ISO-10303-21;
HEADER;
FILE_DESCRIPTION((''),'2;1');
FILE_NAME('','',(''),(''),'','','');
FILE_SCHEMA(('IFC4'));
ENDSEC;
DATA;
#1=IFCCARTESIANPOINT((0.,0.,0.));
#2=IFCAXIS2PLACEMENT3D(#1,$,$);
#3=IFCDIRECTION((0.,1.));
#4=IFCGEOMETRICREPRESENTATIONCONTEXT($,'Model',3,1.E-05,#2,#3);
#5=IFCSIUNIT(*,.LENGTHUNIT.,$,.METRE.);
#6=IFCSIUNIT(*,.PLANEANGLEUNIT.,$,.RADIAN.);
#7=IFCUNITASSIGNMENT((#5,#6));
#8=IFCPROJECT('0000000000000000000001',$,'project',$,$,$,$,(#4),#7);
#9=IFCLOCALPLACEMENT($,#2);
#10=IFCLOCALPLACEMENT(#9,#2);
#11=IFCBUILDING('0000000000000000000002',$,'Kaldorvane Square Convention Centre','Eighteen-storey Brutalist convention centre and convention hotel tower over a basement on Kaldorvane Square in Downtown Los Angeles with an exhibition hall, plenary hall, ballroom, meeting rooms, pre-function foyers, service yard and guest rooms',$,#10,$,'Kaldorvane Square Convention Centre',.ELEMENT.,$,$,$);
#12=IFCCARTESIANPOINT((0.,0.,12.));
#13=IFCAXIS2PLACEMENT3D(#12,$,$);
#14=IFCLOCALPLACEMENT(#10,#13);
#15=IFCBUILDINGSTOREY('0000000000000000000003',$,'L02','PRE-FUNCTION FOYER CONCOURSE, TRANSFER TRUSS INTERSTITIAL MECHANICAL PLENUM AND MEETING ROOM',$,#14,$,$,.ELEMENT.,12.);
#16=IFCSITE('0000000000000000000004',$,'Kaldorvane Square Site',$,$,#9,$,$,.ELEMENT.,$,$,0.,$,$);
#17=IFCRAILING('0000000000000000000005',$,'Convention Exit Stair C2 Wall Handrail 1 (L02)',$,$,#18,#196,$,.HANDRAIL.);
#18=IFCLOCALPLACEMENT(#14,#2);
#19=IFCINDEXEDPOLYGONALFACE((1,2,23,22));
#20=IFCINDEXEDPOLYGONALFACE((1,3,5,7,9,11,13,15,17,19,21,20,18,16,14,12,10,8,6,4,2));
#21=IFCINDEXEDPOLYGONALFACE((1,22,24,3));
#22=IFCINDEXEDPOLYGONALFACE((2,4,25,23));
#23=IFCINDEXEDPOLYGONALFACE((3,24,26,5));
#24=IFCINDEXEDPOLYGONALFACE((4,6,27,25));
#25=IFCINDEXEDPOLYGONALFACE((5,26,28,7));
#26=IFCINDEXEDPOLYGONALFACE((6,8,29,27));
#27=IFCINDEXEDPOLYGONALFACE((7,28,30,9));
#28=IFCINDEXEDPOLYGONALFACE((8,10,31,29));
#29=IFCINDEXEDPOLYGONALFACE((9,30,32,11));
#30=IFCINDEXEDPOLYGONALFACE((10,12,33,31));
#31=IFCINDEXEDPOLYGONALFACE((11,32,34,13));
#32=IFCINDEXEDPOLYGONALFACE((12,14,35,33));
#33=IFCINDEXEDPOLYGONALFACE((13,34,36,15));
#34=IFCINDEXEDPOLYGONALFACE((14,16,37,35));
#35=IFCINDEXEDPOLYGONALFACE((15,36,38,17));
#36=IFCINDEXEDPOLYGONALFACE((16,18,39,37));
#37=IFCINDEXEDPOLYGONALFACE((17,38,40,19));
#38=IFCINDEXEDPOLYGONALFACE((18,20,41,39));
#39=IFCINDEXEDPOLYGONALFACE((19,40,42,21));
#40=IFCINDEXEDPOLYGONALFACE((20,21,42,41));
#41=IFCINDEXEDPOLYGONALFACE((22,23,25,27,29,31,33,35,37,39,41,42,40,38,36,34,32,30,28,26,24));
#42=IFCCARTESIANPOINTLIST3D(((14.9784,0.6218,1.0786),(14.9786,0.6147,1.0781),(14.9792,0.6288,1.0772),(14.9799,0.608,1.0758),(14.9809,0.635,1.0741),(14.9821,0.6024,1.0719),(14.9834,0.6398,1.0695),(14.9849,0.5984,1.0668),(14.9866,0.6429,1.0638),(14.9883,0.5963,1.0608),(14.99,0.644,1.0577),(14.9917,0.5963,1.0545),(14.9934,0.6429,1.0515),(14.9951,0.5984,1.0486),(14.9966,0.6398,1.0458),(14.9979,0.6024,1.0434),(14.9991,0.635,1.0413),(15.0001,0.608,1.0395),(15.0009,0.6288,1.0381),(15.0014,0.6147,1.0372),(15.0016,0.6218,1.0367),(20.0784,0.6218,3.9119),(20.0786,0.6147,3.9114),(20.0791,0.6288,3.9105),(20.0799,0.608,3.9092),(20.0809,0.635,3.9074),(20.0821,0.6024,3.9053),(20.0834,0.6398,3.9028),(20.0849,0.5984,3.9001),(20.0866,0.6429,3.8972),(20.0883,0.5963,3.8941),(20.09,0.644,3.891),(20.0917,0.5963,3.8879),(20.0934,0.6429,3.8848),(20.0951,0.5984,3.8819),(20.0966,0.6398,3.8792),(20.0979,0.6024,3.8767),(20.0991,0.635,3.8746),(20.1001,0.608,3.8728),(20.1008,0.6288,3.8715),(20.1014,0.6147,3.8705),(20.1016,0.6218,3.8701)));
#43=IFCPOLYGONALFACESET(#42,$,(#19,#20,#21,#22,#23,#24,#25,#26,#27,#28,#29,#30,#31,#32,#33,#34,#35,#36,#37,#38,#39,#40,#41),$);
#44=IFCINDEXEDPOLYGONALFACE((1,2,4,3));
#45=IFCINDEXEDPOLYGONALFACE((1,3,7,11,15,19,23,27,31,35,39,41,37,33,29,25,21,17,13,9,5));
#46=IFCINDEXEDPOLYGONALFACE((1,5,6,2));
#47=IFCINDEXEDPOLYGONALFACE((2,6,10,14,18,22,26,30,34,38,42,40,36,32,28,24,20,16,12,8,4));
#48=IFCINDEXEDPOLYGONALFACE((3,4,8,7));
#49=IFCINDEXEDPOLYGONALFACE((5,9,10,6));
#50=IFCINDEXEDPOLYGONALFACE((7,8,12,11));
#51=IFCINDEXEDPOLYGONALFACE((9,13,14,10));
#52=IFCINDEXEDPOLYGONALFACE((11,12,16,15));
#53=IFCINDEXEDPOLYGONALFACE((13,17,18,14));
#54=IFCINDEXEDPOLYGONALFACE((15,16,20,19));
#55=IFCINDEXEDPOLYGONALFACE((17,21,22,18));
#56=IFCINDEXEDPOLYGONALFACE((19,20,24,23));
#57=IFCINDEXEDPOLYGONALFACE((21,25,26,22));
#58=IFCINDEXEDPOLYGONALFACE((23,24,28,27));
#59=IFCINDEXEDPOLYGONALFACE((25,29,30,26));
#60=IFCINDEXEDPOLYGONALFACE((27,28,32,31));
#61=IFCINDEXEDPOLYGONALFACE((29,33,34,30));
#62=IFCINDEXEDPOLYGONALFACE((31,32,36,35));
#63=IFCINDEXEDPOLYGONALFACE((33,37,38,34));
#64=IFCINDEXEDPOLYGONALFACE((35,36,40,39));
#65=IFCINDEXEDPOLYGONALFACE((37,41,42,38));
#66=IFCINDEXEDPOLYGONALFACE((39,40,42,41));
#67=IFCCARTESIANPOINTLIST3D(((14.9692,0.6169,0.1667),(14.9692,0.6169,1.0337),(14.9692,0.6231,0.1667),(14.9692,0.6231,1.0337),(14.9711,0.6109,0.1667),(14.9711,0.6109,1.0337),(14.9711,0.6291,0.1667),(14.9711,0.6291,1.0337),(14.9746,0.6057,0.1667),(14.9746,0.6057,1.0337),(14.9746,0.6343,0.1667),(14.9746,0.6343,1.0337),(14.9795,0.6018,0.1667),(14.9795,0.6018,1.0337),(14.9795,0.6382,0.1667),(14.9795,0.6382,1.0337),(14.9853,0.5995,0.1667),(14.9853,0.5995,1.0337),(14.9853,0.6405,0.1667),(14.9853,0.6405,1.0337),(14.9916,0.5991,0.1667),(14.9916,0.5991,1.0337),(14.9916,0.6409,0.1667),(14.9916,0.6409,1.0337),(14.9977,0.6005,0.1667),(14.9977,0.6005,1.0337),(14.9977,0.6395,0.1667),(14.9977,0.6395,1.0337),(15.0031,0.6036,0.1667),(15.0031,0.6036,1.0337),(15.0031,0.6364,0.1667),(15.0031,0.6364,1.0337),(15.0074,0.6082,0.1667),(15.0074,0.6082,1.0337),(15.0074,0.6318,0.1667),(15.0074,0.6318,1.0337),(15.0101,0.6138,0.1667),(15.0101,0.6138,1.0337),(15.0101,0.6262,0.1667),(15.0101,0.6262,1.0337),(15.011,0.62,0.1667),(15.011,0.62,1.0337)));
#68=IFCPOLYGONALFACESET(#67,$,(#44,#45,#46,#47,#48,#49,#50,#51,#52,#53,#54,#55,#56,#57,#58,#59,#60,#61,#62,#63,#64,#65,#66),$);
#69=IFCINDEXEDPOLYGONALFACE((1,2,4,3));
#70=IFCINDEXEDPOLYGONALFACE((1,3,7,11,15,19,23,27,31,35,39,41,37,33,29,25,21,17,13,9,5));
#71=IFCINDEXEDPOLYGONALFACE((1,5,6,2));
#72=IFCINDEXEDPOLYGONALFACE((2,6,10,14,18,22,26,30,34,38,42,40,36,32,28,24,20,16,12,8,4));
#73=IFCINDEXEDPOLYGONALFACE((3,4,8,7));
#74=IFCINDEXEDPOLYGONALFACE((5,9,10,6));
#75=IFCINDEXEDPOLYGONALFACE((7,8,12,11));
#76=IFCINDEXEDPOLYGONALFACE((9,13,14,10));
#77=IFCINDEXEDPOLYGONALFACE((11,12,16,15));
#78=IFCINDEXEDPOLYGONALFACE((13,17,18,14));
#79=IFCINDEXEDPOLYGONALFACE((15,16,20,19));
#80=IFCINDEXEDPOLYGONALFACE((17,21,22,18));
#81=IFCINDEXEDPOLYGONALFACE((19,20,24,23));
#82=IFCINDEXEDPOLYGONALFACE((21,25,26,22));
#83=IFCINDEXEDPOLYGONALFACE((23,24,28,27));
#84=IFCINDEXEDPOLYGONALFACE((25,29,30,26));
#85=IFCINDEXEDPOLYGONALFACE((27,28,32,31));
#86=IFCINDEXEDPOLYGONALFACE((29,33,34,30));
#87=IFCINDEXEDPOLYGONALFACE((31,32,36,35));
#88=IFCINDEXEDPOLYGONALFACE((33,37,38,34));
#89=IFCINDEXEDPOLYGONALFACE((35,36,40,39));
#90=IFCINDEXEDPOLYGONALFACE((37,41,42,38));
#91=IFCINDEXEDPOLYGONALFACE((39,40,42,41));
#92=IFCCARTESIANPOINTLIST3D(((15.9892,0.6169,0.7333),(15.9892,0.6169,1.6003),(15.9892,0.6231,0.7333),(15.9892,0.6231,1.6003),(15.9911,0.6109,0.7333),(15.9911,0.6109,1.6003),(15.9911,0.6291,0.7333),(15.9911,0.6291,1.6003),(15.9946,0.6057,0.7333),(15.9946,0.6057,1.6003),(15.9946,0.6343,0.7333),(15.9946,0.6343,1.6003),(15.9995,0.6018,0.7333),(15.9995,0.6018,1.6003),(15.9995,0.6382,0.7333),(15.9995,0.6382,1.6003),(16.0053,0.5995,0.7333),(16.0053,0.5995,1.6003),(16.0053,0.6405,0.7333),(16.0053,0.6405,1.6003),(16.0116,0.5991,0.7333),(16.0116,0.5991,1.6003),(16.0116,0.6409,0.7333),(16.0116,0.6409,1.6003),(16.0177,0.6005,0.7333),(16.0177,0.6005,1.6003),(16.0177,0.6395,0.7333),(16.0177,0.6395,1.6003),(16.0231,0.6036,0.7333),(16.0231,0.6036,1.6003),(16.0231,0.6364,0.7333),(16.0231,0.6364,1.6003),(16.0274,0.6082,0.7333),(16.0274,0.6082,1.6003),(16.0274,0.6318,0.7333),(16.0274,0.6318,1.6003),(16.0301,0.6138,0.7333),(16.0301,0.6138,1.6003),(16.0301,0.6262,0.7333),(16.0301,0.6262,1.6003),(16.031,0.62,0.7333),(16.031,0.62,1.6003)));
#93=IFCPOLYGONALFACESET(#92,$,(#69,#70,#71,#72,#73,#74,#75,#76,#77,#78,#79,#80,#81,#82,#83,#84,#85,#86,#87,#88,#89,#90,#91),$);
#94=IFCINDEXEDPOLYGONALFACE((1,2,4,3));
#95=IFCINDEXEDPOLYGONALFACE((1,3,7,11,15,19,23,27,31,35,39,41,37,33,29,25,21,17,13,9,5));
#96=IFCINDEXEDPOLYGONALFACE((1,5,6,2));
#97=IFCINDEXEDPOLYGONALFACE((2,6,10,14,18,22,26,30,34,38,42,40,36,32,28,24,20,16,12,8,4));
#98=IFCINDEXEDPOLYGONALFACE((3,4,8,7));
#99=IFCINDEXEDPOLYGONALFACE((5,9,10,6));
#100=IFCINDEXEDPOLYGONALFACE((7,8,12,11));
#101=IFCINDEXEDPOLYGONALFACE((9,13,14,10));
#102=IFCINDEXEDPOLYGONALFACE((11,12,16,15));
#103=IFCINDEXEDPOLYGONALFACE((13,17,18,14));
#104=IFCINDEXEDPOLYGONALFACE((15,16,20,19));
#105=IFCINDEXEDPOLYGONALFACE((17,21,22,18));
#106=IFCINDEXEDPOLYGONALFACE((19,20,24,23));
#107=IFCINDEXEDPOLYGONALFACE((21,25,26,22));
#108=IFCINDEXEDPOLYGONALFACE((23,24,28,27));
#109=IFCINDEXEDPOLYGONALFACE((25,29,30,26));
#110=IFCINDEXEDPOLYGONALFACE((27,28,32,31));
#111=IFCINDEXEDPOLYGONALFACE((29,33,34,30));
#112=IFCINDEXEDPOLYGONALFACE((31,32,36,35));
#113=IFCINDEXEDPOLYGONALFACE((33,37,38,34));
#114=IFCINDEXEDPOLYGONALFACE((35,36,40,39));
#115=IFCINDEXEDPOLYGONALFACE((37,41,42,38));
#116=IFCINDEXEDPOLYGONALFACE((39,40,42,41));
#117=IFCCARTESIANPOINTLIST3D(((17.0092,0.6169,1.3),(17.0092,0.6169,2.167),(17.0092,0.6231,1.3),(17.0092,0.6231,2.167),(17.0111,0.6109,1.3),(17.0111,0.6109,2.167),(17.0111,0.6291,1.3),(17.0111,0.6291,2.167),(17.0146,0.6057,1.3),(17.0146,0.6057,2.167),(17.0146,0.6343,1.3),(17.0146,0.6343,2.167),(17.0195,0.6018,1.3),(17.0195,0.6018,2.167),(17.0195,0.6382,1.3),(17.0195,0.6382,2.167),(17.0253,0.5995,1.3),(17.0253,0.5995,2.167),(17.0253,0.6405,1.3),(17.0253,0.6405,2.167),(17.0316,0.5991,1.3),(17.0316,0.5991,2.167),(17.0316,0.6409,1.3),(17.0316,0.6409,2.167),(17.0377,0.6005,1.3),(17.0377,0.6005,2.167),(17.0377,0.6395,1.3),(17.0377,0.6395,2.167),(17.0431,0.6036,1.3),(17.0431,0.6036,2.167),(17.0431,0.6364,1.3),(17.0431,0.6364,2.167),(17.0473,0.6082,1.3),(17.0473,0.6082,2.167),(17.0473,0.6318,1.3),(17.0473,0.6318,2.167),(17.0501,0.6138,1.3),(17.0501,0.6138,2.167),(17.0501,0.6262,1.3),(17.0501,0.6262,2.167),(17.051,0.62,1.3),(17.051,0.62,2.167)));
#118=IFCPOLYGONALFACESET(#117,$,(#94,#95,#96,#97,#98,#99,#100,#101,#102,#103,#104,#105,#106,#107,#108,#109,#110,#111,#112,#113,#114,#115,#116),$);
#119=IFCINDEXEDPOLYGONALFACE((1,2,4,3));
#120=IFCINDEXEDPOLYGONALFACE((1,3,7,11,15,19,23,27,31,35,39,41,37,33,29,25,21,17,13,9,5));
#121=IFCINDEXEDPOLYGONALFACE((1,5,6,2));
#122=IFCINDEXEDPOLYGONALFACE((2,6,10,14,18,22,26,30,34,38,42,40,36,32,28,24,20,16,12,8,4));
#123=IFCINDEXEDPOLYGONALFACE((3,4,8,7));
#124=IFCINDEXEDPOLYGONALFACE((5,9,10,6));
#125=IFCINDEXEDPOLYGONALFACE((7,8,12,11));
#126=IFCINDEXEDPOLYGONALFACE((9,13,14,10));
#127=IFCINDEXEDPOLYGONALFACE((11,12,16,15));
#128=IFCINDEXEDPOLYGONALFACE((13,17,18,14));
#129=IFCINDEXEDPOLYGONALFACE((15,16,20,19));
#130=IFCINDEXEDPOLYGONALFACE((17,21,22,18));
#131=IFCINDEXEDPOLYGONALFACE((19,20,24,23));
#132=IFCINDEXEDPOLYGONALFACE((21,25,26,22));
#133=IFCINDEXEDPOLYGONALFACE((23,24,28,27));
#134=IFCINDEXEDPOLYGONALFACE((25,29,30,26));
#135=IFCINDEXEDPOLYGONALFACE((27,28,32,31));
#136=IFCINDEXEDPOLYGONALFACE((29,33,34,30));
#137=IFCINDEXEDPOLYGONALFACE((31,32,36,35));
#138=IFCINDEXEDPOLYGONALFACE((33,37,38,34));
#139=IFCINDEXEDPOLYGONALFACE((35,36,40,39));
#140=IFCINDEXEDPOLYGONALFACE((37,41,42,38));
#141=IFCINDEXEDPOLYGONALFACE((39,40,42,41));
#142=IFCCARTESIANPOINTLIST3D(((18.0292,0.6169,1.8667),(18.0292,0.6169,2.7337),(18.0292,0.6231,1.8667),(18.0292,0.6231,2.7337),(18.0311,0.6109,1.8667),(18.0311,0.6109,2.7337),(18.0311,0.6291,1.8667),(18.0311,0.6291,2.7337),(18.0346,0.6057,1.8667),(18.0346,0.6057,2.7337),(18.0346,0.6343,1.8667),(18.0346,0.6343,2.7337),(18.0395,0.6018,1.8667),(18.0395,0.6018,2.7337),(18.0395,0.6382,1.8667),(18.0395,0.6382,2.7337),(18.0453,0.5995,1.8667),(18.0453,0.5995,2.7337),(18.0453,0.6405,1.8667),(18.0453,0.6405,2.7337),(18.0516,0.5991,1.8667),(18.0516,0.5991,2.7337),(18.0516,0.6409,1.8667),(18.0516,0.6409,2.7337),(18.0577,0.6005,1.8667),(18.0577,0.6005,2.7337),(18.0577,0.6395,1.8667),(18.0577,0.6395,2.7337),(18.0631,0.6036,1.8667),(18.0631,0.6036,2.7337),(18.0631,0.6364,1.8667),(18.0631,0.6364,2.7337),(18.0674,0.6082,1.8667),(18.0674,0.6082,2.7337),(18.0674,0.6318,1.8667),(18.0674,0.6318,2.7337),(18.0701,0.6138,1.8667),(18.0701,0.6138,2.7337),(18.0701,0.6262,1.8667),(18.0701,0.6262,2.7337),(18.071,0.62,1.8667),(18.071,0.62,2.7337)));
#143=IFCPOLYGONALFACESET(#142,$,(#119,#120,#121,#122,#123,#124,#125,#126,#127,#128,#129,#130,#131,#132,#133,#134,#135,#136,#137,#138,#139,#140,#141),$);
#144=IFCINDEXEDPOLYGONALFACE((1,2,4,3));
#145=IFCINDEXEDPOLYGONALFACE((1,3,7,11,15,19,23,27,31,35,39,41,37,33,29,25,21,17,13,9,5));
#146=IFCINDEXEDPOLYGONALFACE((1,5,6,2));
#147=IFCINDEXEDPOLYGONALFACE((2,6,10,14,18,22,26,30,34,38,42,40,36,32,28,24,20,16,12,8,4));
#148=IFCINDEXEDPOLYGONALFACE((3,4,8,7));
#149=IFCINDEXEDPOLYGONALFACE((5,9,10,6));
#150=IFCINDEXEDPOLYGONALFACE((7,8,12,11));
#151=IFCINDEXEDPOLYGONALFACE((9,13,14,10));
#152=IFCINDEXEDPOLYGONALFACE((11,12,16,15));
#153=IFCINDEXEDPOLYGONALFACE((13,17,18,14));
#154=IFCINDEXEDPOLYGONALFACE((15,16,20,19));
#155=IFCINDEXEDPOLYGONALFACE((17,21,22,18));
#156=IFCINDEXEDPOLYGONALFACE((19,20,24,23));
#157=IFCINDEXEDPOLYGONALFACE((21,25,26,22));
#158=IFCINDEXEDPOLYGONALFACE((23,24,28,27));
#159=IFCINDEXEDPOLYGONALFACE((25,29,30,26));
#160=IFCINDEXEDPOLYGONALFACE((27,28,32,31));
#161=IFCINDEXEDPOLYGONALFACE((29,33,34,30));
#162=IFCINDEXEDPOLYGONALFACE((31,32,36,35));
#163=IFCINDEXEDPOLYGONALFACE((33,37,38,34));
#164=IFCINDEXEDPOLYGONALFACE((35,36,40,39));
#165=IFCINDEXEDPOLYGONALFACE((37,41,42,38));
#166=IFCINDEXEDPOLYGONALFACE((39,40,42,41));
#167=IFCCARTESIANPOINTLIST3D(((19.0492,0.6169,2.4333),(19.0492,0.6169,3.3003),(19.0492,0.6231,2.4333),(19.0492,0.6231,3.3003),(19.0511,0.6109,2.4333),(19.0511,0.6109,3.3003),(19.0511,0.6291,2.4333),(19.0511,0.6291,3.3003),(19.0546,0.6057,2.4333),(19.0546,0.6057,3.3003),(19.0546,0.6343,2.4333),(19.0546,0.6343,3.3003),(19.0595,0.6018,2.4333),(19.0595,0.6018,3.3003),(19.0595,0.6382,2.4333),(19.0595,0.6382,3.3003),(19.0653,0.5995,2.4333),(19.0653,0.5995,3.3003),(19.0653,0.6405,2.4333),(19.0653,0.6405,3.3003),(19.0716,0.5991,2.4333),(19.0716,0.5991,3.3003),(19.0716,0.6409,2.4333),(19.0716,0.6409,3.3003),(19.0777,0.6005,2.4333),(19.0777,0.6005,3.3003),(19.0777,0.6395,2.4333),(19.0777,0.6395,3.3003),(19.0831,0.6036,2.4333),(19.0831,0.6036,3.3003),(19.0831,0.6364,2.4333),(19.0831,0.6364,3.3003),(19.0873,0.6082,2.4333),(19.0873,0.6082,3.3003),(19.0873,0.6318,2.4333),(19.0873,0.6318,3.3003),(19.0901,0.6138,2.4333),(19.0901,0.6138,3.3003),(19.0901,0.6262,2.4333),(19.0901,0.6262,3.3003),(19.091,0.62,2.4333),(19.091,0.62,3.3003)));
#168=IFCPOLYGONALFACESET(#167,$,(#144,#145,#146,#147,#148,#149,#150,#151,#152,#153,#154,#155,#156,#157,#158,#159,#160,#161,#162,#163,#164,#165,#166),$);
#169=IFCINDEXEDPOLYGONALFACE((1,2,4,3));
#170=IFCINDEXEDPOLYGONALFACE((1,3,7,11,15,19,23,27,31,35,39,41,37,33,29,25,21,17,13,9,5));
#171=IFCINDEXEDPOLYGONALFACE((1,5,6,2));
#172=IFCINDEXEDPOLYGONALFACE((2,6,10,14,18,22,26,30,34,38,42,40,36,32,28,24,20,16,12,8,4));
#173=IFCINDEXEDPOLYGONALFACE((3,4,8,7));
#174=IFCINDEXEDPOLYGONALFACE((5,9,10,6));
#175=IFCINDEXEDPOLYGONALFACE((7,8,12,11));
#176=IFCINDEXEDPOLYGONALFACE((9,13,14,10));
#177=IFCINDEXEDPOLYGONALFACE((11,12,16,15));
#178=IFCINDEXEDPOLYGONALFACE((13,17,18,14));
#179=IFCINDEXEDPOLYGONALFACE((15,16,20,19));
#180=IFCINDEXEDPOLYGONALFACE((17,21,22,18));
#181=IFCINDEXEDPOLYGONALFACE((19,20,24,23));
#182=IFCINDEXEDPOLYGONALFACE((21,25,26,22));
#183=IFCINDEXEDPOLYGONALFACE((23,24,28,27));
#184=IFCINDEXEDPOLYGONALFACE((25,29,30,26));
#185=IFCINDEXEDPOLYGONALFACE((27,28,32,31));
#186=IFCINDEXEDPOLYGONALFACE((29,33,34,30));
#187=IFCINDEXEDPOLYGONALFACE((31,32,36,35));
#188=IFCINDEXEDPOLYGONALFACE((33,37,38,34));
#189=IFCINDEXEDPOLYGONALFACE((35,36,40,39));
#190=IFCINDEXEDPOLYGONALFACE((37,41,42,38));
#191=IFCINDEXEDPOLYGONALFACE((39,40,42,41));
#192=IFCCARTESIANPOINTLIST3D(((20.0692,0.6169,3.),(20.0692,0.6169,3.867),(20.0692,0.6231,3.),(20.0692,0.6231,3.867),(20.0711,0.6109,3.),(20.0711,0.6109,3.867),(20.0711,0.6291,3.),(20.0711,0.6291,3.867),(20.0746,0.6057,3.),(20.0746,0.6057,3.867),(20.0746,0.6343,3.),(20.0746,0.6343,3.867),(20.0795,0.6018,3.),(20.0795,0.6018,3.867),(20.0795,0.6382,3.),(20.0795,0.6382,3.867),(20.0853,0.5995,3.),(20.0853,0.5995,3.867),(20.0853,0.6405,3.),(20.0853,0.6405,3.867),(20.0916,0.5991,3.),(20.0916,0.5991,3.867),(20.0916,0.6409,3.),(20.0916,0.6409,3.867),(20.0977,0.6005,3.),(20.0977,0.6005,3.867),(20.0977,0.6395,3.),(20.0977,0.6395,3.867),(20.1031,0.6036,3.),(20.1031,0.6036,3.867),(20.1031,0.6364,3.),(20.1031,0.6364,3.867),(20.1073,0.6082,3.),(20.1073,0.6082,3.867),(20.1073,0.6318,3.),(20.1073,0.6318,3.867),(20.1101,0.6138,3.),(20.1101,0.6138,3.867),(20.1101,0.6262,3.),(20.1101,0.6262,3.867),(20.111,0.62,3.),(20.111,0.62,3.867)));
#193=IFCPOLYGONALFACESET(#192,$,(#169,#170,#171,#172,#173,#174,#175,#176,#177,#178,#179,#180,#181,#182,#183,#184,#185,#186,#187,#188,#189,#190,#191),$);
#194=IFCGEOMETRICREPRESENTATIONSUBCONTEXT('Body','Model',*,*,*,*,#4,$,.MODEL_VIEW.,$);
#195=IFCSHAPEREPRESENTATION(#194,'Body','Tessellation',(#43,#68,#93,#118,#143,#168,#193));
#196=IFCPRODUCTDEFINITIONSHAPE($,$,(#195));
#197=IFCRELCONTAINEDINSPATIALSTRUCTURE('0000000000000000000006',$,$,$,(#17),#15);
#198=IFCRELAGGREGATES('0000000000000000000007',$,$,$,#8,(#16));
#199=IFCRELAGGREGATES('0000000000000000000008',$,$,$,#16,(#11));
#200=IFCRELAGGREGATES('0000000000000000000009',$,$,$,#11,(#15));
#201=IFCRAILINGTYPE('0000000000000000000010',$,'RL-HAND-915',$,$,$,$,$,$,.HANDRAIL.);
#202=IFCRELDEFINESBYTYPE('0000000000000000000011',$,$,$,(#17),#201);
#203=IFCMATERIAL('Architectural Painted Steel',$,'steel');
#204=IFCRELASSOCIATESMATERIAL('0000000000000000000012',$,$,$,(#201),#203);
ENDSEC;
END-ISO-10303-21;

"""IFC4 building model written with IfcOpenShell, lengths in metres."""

from ifc_helpers import new_model, si_unit, direction, frame, origin, origin_2d, place, context, subcontext, project, spatial, circle, extrude, material, type_object, element, save


model = new_model("IFC4")

# Units and contexts
model_context = context("Model", 3, precision=1e-05, world=origin(), true_north=direction((0.0, 1.0)))
body_context = subcontext(model_context, "Body", "Model", "MODEL_VIEW")
ifc_project = project(units=[si_unit("LENGTHUNIT", "METRE"), si_unit("PLANEANGLEUNIT", "RADIAN")], contexts=[model_context])

# Site, building, storey
site_placement = place(None, origin())
site = spatial("IfcSite", under=ifc_project, at=site_placement, Name="Kaldorvane Square Site", CompositionType="ELEMENT", RefElevation=0.0)
building_placement = place(site_placement, origin())
building = spatial("IfcBuilding", under=site, at=building_placement, Name="Kaldorvane Square Convention Centre", Description="Eighteen-storey Brutalist convention centre and convention hotel tower over a basement on Kaldorvane Square in Downtown Los Angeles with an exhibition hall, plenary hall, ballroom, meeting rooms, pre-function foyers, service yard and guest rooms", LongName="Kaldorvane Square Convention Centre", CompositionType="ELEMENT")
storey_placement = place(building_placement, frame((0.0, 0.0, 12.0)))
storey = spatial("IfcBuildingStorey", under=building, at=storey_placement, Name="L02", Description="PRE-FUNCTION FOYER CONCOURSE, TRANSFER TRUSS INTERSTITIAL MECHANICAL PLENUM AND MEETING ROOM", CompositionType="ELEMENT", Elevation=12.0)

# Railing
ifc_material_1 = material(Name="Architectural Painted Steel", Category="steel")
railing_type_1 = type_object("IfcRailingType", Name="RL-HAND-915", PredefinedType="HANDRAIL", material=ifc_material_1)
railing_1_placement = place(storey_placement, frame((14.99, 0.62, 0.1667)))
element("IfcRailing", 1, at=railing_1_placement, inside=storey, type_object=railing_type_1, Name="Convention Exit Stair C2 Wall Handrail 1 (L02)", PredefinedType="HANDRAIL", context=body_context, shape_type="SweptSolid", body=[
    extrude(circle(Radius=0.024, at=origin_2d()), frame((0.0, 0.0, 0.891), z_axis=(0.874157, 0.0, 0.485643), x_axis=(0.0, 1.0, 0.0)), (0.0, 0.0, 1.0), 5.8342),
    extrude(circle(Radius=0.021, at=origin_2d()), origin(), (0.0, 0.0, 1.0), 0.867),
    extrude(circle(Radius=0.021, at=origin_2d()), frame((1.02, 0.0, 0.5667)), (0.0, 0.0, 1.0), 0.867),
    extrude(circle(Radius=0.021, at=origin_2d()), frame((2.04, 0.0, 1.1333)), (0.0, 0.0, 1.0), 0.867),
    extrude(circle(Radius=0.021, at=origin_2d()), frame((3.06, 0.0, 1.7)), (0.0, 0.0, 1.0), 0.867),
    extrude(circle(Radius=0.021, at=origin_2d()), frame((4.08, 0.0, 2.2667)), (0.0, 0.0, 1.0), 0.867),
    extrude(circle(Radius=0.021, at=origin_2d()), frame((5.1, 0.0, 2.8333)), (0.0, 0.0, 1.0), 0.867),
])

save(model, "model.ifc")
